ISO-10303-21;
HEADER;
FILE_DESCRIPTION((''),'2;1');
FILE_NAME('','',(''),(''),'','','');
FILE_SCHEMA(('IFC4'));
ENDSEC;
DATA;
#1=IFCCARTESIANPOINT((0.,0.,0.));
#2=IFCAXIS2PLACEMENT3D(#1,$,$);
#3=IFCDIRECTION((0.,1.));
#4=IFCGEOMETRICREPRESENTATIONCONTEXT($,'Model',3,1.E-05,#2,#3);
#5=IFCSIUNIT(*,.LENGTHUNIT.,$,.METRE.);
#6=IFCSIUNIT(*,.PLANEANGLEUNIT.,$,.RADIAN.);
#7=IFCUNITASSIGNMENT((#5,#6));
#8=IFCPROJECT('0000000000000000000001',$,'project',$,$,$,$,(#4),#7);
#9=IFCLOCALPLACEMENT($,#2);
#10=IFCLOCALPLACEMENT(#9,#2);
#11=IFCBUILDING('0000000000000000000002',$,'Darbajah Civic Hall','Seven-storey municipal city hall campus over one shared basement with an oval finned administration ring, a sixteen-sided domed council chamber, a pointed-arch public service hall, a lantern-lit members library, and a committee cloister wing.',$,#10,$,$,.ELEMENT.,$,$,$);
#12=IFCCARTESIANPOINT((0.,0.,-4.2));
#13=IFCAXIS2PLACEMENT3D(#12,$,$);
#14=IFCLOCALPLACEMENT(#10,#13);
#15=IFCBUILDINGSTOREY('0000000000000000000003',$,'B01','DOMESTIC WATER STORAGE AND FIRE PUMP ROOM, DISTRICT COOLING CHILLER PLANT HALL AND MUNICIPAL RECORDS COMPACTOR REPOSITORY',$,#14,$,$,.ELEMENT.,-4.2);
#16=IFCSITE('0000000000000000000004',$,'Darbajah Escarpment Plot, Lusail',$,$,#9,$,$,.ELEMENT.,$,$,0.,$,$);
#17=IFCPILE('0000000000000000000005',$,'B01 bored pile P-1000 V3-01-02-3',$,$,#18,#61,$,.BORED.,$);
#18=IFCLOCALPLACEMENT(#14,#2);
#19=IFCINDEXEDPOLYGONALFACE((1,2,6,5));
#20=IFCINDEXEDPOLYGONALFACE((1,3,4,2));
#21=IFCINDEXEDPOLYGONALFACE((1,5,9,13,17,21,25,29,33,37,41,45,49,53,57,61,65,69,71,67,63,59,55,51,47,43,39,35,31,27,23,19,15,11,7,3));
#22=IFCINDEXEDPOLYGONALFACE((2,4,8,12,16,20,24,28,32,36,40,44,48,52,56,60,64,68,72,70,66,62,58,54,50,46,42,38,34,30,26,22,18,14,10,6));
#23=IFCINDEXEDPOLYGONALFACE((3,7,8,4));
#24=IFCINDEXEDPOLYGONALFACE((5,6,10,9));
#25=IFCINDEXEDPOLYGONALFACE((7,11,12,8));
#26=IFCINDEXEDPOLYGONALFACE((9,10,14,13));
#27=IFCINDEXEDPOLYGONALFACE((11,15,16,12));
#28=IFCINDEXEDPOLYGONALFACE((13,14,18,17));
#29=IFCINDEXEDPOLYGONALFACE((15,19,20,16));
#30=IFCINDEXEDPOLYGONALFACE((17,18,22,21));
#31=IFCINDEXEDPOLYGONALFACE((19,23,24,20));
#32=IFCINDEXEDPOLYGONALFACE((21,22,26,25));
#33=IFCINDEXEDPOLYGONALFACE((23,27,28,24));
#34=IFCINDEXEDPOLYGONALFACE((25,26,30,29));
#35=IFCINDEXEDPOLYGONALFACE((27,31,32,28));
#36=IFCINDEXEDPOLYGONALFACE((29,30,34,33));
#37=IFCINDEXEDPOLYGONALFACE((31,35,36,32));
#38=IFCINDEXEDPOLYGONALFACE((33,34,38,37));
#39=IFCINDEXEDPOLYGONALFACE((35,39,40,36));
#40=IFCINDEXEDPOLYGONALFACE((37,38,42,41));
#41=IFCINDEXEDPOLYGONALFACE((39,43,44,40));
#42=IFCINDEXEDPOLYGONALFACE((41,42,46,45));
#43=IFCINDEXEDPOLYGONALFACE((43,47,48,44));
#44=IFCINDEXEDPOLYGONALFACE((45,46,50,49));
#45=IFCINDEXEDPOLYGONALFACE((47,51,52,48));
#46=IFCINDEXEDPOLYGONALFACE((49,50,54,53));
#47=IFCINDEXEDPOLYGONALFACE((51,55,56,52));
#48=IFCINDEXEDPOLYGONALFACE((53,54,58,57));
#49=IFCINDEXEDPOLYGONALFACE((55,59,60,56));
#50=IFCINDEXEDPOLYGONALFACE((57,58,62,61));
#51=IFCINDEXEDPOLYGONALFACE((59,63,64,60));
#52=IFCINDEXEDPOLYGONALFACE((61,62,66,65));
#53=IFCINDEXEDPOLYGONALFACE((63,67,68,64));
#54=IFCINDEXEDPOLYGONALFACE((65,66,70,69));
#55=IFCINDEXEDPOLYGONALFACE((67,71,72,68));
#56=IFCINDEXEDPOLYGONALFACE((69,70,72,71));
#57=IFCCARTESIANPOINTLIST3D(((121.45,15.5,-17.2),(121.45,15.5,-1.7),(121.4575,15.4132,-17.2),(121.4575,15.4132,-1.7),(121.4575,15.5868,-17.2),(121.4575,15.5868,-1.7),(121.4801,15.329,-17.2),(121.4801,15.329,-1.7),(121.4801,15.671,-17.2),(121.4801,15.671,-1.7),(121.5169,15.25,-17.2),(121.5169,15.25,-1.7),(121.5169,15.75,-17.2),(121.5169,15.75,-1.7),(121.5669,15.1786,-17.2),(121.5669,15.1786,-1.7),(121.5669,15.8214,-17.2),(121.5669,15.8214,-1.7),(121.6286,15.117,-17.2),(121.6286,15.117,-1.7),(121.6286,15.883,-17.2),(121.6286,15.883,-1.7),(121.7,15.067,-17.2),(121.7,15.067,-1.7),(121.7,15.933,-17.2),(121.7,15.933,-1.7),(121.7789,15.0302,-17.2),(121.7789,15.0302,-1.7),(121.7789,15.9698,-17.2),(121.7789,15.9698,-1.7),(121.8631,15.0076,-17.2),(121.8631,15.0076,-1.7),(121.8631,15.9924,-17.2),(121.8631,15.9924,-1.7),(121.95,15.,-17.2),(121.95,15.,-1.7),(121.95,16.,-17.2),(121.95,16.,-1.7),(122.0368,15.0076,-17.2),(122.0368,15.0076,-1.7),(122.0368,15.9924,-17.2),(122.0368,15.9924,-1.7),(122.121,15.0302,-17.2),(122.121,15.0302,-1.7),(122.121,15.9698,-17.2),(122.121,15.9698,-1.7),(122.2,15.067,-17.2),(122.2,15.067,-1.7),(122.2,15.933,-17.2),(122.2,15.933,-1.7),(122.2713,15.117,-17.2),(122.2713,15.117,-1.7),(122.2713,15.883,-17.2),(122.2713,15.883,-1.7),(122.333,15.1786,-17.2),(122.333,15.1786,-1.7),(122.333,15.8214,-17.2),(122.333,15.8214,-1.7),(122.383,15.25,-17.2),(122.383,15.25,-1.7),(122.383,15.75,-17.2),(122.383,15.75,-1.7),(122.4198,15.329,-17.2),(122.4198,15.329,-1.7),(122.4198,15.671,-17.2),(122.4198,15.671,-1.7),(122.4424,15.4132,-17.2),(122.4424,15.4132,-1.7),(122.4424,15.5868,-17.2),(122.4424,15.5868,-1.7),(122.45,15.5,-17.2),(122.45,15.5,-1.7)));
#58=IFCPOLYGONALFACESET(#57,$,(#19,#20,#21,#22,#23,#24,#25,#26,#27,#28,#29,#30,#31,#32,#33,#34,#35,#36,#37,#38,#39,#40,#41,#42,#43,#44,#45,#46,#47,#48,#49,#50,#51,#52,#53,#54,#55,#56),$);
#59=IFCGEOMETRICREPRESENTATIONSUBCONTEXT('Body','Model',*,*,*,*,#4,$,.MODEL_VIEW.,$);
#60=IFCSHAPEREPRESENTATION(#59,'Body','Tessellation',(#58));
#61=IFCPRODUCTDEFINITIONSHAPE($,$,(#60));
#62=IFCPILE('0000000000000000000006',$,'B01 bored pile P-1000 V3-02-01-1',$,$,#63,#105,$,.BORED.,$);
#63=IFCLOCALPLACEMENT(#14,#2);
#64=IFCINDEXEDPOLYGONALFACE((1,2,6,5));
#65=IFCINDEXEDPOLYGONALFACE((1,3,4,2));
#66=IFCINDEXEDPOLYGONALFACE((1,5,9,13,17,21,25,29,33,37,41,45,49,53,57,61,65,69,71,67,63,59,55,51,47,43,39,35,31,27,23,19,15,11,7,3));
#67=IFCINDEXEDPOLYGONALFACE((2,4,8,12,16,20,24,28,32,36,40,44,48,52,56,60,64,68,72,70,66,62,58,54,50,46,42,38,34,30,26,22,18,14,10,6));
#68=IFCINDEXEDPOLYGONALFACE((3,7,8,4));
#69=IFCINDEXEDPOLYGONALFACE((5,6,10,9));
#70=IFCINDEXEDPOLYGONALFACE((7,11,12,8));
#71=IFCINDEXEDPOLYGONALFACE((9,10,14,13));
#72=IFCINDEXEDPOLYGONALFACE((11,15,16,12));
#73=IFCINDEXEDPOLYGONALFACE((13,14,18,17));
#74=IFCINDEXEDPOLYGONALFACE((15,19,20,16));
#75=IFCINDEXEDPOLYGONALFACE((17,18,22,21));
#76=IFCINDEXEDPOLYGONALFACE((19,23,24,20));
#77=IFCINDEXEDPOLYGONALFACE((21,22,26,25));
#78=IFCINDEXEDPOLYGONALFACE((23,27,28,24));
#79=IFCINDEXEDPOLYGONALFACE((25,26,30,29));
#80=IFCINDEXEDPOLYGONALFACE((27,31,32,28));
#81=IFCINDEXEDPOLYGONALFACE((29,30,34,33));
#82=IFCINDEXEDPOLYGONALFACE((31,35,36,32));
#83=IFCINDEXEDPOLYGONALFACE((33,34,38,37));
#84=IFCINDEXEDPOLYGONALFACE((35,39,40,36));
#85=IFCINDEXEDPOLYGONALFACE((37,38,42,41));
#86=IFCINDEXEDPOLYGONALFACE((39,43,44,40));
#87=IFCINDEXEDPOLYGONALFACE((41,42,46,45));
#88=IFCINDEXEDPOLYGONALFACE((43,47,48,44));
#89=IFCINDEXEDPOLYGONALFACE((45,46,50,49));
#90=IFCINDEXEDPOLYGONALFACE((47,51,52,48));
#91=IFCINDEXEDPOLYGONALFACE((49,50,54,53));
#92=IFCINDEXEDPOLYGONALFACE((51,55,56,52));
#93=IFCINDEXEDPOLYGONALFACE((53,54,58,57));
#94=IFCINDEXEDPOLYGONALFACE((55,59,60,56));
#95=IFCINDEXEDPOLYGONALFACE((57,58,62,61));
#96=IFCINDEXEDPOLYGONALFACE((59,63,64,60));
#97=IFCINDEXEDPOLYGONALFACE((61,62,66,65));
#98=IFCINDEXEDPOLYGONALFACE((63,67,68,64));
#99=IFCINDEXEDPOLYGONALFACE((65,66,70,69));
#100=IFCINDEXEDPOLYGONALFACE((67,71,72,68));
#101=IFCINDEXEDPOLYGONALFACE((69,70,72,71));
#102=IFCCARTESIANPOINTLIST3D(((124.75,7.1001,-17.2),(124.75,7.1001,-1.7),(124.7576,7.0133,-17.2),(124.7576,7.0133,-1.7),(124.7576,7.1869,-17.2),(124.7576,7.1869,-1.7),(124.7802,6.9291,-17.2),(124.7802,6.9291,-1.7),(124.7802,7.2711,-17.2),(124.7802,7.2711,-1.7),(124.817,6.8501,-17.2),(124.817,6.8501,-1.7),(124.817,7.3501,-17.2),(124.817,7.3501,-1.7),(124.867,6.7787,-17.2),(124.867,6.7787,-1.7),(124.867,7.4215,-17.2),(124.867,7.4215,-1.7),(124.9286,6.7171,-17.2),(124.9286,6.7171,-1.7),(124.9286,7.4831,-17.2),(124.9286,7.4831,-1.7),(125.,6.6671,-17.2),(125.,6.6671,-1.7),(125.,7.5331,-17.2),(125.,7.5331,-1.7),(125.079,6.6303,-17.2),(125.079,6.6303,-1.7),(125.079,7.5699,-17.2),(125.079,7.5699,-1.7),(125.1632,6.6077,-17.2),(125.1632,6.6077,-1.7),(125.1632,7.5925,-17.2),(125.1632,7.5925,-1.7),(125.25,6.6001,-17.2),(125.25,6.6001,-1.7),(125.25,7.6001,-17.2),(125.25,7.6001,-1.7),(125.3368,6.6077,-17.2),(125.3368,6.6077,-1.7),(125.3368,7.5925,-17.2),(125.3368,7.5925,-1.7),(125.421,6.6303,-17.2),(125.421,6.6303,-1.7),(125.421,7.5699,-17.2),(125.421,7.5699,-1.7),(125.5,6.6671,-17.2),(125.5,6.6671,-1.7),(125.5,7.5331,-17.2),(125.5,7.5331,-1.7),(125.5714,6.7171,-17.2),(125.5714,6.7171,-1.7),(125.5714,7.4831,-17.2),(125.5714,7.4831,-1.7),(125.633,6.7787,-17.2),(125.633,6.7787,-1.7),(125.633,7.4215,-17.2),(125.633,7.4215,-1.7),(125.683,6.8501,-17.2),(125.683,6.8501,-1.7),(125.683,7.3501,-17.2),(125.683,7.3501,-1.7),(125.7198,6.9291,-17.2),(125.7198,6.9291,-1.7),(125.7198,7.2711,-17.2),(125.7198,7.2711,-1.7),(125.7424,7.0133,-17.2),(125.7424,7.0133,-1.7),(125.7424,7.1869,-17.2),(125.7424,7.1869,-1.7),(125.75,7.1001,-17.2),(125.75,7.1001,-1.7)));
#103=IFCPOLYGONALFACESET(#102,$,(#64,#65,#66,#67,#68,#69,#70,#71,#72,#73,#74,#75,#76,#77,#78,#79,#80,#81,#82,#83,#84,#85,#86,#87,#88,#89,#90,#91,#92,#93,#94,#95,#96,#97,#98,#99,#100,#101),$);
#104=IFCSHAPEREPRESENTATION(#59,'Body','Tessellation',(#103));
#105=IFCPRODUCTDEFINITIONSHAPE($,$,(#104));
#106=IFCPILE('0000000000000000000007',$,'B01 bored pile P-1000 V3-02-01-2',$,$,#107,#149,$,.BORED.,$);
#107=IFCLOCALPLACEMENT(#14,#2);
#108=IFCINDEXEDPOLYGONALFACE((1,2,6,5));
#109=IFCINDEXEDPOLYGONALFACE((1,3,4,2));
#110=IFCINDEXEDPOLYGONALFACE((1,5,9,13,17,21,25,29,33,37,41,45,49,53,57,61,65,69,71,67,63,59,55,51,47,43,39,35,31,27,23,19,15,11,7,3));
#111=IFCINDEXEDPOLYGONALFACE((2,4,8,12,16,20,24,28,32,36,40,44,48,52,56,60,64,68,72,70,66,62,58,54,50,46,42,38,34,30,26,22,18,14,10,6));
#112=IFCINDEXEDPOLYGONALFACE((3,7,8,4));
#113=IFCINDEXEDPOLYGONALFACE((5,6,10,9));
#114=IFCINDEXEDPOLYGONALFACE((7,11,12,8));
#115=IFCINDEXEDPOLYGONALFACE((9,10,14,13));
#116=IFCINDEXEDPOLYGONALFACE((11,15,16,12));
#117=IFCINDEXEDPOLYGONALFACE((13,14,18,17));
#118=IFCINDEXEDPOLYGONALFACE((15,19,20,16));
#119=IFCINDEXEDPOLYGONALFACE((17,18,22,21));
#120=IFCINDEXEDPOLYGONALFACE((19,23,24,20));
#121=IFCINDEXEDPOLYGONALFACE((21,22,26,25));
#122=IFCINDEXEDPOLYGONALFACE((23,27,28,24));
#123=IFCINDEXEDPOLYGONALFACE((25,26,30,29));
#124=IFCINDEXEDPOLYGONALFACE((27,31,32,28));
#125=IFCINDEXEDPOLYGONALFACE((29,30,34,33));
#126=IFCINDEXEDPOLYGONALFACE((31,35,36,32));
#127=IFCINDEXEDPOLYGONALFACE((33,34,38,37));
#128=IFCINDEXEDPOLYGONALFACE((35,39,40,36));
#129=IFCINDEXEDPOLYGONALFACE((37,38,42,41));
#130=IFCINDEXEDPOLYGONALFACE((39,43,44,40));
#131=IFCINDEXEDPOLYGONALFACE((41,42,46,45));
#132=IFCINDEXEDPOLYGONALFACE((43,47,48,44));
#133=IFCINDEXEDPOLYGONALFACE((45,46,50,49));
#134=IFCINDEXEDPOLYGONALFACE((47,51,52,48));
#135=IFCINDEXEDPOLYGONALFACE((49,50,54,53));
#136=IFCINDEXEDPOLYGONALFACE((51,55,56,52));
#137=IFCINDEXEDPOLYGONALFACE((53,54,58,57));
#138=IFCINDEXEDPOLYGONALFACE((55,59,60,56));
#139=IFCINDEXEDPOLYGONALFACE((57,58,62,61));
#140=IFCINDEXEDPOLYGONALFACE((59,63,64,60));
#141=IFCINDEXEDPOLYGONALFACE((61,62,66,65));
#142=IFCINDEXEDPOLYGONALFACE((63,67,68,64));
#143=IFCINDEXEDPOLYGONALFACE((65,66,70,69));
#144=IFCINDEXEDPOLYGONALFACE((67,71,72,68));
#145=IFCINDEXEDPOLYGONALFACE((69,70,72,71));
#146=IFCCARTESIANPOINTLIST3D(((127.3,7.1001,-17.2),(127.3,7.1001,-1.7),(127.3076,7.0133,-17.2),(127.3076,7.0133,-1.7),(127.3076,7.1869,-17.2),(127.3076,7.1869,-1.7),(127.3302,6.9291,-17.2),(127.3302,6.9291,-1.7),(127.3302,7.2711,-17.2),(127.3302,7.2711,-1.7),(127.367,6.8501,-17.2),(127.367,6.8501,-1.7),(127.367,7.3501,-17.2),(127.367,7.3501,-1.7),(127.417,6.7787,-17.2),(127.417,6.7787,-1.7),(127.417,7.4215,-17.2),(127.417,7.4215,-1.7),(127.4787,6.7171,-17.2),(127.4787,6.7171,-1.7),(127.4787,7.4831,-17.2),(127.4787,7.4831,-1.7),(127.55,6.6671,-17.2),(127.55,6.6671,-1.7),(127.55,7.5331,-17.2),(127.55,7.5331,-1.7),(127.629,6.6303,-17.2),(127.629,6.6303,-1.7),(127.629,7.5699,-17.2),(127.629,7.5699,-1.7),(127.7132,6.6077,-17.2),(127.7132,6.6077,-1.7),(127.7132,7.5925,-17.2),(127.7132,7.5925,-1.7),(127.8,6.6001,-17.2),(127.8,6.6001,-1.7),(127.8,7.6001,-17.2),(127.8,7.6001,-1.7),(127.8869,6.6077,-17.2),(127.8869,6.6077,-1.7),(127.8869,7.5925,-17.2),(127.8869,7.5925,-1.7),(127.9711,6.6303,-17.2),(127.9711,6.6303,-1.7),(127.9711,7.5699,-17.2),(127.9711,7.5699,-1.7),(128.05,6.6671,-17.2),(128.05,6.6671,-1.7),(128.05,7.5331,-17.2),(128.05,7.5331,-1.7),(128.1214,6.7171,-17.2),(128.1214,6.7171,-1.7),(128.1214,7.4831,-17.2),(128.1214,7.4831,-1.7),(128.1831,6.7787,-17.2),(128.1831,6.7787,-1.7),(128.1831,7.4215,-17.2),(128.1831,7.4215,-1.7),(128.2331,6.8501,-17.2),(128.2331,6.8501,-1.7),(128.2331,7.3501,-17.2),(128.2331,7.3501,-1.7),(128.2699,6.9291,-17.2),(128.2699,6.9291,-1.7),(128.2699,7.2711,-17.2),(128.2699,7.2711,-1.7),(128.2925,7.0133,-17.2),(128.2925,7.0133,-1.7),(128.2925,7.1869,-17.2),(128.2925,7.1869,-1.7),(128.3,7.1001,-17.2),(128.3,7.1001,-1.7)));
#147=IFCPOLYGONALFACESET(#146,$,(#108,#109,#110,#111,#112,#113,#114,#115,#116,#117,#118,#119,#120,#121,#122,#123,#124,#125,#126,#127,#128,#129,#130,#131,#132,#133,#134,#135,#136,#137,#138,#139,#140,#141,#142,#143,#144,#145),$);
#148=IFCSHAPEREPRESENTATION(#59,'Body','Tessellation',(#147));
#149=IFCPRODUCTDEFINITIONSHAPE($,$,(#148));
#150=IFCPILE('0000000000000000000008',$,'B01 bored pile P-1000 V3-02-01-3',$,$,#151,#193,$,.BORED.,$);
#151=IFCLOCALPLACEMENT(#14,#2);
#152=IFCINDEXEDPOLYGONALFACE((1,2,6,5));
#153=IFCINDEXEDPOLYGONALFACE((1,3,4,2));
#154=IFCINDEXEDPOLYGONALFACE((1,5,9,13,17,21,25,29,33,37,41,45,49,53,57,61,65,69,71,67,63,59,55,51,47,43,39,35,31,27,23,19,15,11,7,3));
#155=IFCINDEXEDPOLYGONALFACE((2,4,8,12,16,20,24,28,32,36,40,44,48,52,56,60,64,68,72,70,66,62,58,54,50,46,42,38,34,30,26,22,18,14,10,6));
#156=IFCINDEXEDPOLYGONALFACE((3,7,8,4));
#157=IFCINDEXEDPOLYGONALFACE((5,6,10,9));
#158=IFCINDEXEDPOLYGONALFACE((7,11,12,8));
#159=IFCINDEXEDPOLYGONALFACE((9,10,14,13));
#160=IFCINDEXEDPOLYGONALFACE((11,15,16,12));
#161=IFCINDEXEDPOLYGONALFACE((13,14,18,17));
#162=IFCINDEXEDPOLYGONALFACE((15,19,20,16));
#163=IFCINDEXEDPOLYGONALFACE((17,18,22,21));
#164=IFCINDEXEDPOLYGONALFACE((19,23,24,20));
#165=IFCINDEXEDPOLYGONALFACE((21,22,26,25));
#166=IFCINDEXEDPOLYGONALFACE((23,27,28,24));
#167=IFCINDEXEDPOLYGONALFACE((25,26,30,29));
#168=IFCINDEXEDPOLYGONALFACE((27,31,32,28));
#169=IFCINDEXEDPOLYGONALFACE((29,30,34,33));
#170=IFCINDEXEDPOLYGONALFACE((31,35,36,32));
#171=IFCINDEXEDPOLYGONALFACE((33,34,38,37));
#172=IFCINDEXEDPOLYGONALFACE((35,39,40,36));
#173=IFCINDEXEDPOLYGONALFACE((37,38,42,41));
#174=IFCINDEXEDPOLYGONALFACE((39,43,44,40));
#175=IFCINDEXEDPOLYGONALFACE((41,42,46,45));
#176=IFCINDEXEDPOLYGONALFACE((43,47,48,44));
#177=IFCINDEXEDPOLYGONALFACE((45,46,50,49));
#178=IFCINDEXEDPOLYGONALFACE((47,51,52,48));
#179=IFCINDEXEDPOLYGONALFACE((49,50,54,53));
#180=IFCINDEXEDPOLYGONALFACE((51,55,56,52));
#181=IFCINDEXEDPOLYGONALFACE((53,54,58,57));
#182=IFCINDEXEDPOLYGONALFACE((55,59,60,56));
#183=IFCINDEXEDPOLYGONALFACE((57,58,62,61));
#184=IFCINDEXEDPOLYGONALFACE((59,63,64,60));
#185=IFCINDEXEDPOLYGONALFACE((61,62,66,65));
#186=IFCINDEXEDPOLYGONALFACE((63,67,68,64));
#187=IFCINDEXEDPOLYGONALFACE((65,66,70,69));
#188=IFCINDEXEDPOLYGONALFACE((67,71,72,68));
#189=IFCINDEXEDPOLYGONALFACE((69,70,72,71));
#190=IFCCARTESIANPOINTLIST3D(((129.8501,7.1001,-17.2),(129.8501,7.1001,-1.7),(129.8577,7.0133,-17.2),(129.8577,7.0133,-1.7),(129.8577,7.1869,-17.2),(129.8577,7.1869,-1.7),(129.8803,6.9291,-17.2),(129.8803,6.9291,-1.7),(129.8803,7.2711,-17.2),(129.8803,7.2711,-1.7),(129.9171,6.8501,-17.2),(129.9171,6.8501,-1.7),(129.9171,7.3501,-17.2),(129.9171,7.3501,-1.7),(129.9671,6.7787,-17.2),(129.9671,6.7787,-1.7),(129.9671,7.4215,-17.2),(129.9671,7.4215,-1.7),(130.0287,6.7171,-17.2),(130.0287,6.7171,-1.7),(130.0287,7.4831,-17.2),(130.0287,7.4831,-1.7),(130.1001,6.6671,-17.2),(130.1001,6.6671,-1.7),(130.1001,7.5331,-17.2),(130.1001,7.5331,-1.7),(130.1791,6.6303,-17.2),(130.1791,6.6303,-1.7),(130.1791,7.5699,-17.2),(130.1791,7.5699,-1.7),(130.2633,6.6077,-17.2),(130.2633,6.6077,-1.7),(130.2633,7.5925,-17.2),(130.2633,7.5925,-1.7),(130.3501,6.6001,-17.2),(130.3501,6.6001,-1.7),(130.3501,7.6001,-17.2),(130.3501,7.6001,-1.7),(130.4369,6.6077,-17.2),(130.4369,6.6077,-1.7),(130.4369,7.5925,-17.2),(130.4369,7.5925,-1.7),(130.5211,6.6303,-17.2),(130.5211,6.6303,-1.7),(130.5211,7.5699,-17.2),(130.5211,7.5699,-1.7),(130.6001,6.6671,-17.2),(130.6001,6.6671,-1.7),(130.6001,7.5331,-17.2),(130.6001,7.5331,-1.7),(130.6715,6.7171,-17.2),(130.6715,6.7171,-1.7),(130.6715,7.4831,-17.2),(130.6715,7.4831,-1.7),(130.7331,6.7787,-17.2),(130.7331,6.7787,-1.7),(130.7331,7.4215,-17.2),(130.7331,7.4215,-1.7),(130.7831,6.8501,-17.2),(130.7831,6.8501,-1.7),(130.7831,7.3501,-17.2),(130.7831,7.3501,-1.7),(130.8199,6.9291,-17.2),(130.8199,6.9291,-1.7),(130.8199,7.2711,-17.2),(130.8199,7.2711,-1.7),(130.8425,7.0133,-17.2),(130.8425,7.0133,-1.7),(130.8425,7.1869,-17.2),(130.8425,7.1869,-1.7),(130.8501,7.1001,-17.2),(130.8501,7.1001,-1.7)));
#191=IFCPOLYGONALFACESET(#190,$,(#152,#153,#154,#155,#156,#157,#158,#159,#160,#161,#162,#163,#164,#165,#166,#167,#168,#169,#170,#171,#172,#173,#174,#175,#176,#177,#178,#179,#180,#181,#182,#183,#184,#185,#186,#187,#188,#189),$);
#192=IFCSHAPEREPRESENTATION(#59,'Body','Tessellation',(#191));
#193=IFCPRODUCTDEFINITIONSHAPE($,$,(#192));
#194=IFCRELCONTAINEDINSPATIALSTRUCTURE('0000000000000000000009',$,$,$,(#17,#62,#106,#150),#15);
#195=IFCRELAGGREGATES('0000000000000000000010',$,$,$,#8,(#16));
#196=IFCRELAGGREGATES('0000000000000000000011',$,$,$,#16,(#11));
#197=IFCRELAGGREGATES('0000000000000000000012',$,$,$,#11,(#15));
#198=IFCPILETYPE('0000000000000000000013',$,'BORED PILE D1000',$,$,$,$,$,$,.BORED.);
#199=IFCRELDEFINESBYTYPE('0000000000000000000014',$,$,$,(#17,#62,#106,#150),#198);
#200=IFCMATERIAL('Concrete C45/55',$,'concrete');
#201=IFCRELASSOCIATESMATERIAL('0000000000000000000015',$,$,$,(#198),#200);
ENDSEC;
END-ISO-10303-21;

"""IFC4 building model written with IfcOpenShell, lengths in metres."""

from ifc_helpers import new_model, si_unit, direction, frame, origin, origin_2d, place, context, subcontext, project, spatial, circle, extrude, material, material_profile, profile_set, type_object, element, save


model = new_model("IFC4")

# Units and contexts
model_context = context("Model", 3, precision=1e-05, world=origin(), true_north=direction((0.0, 1.0)))
body_context = subcontext(model_context, "Body", "Model", "MODEL_VIEW")
ifc_project = project(units=[si_unit("LENGTHUNIT", "METRE"), si_unit("PLANEANGLEUNIT", "RADIAN")], contexts=[model_context])

# Site, building, storey
site_placement = place(None, origin())
site = spatial("IfcSite", under=ifc_project, at=site_placement, Name="Darbajah Escarpment Plot, Lusail", CompositionType="ELEMENT", RefElevation=0.0)
building_placement = place(site_placement, origin())
building = spatial("IfcBuilding", under=site, at=building_placement, Name="Darbajah Civic Hall", Description="Seven-storey municipal city hall campus over one shared basement with an oval finned administration ring, a sixteen-sided domed council chamber, a pointed-arch public service hall, a lantern-lit members library, and a committee cloister wing.", CompositionType="ELEMENT")
storey_placement = place(building_placement, frame((0.0, 0.0, -4.2)))
storey = spatial("IfcBuildingStorey", under=building, at=storey_placement, Name="B01", Description="DOMESTIC WATER STORAGE AND FIRE PUMP ROOM, DISTRICT COOLING CHILLER PLANT HALL AND MUNICIPAL RECORDS COMPACTOR REPOSITORY", CompositionType="ELEMENT", Elevation=-4.2)

# Piles
ifc_material_1 = material(Name="Concrete C45/55", Category="concrete")
ifc_material_profile_1 = material_profile(ifc_material_1, circle(Radius=0.5, at=origin_2d()), Name="BORED PILE D1000")
ifc_profile_set_1 = profile_set([ifc_material_profile_1], Name="Concrete C45/55")
pile_type_1 = type_object("IfcPileType", Name="BORED PILE D1000", PredefinedType="BORED", material=ifc_profile_set_1)
for number, where, z_axis, x_axis, name in (
    (1, (121.95, 15.5, -1.7), (0.0, 0.0, -1.0), (1.0, 0.0, 0.0), "B01 bored pile P-1000 V3-01-02-3"),
    (2, (125.25, 7.1001, -1.7), (0.0, 0.0, -1.0), (1.0, 0.0, 0.0), "B01 bored pile P-1000 V3-02-01-1"),
    (3, (127.8, 7.1001, -1.7), (0.0, 0.0, -1.0), (1.0, 0.0, 0.0), "B01 bored pile P-1000 V3-02-01-2"),
    (4, (130.3501, 7.1001, -1.7), (0.0, 0.0, -1.0), (1.0, 0.0, 0.0), "B01 bored pile P-1000 V3-02-01-3"),
):
    element("IfcPile", number, at=place(storey_placement, frame(where, z_axis=z_axis, x_axis=x_axis)), inside=storey, type_object=pile_type_1, Name=name, PredefinedType="BORED", context=body_context, shape_type="SweptSolid", body=[
        extrude(circle(Radius=0.5, at=origin_2d()), origin(), (0.0, 0.0, 1.0), 15.5),
    ])

save(model, "model.ifc")
